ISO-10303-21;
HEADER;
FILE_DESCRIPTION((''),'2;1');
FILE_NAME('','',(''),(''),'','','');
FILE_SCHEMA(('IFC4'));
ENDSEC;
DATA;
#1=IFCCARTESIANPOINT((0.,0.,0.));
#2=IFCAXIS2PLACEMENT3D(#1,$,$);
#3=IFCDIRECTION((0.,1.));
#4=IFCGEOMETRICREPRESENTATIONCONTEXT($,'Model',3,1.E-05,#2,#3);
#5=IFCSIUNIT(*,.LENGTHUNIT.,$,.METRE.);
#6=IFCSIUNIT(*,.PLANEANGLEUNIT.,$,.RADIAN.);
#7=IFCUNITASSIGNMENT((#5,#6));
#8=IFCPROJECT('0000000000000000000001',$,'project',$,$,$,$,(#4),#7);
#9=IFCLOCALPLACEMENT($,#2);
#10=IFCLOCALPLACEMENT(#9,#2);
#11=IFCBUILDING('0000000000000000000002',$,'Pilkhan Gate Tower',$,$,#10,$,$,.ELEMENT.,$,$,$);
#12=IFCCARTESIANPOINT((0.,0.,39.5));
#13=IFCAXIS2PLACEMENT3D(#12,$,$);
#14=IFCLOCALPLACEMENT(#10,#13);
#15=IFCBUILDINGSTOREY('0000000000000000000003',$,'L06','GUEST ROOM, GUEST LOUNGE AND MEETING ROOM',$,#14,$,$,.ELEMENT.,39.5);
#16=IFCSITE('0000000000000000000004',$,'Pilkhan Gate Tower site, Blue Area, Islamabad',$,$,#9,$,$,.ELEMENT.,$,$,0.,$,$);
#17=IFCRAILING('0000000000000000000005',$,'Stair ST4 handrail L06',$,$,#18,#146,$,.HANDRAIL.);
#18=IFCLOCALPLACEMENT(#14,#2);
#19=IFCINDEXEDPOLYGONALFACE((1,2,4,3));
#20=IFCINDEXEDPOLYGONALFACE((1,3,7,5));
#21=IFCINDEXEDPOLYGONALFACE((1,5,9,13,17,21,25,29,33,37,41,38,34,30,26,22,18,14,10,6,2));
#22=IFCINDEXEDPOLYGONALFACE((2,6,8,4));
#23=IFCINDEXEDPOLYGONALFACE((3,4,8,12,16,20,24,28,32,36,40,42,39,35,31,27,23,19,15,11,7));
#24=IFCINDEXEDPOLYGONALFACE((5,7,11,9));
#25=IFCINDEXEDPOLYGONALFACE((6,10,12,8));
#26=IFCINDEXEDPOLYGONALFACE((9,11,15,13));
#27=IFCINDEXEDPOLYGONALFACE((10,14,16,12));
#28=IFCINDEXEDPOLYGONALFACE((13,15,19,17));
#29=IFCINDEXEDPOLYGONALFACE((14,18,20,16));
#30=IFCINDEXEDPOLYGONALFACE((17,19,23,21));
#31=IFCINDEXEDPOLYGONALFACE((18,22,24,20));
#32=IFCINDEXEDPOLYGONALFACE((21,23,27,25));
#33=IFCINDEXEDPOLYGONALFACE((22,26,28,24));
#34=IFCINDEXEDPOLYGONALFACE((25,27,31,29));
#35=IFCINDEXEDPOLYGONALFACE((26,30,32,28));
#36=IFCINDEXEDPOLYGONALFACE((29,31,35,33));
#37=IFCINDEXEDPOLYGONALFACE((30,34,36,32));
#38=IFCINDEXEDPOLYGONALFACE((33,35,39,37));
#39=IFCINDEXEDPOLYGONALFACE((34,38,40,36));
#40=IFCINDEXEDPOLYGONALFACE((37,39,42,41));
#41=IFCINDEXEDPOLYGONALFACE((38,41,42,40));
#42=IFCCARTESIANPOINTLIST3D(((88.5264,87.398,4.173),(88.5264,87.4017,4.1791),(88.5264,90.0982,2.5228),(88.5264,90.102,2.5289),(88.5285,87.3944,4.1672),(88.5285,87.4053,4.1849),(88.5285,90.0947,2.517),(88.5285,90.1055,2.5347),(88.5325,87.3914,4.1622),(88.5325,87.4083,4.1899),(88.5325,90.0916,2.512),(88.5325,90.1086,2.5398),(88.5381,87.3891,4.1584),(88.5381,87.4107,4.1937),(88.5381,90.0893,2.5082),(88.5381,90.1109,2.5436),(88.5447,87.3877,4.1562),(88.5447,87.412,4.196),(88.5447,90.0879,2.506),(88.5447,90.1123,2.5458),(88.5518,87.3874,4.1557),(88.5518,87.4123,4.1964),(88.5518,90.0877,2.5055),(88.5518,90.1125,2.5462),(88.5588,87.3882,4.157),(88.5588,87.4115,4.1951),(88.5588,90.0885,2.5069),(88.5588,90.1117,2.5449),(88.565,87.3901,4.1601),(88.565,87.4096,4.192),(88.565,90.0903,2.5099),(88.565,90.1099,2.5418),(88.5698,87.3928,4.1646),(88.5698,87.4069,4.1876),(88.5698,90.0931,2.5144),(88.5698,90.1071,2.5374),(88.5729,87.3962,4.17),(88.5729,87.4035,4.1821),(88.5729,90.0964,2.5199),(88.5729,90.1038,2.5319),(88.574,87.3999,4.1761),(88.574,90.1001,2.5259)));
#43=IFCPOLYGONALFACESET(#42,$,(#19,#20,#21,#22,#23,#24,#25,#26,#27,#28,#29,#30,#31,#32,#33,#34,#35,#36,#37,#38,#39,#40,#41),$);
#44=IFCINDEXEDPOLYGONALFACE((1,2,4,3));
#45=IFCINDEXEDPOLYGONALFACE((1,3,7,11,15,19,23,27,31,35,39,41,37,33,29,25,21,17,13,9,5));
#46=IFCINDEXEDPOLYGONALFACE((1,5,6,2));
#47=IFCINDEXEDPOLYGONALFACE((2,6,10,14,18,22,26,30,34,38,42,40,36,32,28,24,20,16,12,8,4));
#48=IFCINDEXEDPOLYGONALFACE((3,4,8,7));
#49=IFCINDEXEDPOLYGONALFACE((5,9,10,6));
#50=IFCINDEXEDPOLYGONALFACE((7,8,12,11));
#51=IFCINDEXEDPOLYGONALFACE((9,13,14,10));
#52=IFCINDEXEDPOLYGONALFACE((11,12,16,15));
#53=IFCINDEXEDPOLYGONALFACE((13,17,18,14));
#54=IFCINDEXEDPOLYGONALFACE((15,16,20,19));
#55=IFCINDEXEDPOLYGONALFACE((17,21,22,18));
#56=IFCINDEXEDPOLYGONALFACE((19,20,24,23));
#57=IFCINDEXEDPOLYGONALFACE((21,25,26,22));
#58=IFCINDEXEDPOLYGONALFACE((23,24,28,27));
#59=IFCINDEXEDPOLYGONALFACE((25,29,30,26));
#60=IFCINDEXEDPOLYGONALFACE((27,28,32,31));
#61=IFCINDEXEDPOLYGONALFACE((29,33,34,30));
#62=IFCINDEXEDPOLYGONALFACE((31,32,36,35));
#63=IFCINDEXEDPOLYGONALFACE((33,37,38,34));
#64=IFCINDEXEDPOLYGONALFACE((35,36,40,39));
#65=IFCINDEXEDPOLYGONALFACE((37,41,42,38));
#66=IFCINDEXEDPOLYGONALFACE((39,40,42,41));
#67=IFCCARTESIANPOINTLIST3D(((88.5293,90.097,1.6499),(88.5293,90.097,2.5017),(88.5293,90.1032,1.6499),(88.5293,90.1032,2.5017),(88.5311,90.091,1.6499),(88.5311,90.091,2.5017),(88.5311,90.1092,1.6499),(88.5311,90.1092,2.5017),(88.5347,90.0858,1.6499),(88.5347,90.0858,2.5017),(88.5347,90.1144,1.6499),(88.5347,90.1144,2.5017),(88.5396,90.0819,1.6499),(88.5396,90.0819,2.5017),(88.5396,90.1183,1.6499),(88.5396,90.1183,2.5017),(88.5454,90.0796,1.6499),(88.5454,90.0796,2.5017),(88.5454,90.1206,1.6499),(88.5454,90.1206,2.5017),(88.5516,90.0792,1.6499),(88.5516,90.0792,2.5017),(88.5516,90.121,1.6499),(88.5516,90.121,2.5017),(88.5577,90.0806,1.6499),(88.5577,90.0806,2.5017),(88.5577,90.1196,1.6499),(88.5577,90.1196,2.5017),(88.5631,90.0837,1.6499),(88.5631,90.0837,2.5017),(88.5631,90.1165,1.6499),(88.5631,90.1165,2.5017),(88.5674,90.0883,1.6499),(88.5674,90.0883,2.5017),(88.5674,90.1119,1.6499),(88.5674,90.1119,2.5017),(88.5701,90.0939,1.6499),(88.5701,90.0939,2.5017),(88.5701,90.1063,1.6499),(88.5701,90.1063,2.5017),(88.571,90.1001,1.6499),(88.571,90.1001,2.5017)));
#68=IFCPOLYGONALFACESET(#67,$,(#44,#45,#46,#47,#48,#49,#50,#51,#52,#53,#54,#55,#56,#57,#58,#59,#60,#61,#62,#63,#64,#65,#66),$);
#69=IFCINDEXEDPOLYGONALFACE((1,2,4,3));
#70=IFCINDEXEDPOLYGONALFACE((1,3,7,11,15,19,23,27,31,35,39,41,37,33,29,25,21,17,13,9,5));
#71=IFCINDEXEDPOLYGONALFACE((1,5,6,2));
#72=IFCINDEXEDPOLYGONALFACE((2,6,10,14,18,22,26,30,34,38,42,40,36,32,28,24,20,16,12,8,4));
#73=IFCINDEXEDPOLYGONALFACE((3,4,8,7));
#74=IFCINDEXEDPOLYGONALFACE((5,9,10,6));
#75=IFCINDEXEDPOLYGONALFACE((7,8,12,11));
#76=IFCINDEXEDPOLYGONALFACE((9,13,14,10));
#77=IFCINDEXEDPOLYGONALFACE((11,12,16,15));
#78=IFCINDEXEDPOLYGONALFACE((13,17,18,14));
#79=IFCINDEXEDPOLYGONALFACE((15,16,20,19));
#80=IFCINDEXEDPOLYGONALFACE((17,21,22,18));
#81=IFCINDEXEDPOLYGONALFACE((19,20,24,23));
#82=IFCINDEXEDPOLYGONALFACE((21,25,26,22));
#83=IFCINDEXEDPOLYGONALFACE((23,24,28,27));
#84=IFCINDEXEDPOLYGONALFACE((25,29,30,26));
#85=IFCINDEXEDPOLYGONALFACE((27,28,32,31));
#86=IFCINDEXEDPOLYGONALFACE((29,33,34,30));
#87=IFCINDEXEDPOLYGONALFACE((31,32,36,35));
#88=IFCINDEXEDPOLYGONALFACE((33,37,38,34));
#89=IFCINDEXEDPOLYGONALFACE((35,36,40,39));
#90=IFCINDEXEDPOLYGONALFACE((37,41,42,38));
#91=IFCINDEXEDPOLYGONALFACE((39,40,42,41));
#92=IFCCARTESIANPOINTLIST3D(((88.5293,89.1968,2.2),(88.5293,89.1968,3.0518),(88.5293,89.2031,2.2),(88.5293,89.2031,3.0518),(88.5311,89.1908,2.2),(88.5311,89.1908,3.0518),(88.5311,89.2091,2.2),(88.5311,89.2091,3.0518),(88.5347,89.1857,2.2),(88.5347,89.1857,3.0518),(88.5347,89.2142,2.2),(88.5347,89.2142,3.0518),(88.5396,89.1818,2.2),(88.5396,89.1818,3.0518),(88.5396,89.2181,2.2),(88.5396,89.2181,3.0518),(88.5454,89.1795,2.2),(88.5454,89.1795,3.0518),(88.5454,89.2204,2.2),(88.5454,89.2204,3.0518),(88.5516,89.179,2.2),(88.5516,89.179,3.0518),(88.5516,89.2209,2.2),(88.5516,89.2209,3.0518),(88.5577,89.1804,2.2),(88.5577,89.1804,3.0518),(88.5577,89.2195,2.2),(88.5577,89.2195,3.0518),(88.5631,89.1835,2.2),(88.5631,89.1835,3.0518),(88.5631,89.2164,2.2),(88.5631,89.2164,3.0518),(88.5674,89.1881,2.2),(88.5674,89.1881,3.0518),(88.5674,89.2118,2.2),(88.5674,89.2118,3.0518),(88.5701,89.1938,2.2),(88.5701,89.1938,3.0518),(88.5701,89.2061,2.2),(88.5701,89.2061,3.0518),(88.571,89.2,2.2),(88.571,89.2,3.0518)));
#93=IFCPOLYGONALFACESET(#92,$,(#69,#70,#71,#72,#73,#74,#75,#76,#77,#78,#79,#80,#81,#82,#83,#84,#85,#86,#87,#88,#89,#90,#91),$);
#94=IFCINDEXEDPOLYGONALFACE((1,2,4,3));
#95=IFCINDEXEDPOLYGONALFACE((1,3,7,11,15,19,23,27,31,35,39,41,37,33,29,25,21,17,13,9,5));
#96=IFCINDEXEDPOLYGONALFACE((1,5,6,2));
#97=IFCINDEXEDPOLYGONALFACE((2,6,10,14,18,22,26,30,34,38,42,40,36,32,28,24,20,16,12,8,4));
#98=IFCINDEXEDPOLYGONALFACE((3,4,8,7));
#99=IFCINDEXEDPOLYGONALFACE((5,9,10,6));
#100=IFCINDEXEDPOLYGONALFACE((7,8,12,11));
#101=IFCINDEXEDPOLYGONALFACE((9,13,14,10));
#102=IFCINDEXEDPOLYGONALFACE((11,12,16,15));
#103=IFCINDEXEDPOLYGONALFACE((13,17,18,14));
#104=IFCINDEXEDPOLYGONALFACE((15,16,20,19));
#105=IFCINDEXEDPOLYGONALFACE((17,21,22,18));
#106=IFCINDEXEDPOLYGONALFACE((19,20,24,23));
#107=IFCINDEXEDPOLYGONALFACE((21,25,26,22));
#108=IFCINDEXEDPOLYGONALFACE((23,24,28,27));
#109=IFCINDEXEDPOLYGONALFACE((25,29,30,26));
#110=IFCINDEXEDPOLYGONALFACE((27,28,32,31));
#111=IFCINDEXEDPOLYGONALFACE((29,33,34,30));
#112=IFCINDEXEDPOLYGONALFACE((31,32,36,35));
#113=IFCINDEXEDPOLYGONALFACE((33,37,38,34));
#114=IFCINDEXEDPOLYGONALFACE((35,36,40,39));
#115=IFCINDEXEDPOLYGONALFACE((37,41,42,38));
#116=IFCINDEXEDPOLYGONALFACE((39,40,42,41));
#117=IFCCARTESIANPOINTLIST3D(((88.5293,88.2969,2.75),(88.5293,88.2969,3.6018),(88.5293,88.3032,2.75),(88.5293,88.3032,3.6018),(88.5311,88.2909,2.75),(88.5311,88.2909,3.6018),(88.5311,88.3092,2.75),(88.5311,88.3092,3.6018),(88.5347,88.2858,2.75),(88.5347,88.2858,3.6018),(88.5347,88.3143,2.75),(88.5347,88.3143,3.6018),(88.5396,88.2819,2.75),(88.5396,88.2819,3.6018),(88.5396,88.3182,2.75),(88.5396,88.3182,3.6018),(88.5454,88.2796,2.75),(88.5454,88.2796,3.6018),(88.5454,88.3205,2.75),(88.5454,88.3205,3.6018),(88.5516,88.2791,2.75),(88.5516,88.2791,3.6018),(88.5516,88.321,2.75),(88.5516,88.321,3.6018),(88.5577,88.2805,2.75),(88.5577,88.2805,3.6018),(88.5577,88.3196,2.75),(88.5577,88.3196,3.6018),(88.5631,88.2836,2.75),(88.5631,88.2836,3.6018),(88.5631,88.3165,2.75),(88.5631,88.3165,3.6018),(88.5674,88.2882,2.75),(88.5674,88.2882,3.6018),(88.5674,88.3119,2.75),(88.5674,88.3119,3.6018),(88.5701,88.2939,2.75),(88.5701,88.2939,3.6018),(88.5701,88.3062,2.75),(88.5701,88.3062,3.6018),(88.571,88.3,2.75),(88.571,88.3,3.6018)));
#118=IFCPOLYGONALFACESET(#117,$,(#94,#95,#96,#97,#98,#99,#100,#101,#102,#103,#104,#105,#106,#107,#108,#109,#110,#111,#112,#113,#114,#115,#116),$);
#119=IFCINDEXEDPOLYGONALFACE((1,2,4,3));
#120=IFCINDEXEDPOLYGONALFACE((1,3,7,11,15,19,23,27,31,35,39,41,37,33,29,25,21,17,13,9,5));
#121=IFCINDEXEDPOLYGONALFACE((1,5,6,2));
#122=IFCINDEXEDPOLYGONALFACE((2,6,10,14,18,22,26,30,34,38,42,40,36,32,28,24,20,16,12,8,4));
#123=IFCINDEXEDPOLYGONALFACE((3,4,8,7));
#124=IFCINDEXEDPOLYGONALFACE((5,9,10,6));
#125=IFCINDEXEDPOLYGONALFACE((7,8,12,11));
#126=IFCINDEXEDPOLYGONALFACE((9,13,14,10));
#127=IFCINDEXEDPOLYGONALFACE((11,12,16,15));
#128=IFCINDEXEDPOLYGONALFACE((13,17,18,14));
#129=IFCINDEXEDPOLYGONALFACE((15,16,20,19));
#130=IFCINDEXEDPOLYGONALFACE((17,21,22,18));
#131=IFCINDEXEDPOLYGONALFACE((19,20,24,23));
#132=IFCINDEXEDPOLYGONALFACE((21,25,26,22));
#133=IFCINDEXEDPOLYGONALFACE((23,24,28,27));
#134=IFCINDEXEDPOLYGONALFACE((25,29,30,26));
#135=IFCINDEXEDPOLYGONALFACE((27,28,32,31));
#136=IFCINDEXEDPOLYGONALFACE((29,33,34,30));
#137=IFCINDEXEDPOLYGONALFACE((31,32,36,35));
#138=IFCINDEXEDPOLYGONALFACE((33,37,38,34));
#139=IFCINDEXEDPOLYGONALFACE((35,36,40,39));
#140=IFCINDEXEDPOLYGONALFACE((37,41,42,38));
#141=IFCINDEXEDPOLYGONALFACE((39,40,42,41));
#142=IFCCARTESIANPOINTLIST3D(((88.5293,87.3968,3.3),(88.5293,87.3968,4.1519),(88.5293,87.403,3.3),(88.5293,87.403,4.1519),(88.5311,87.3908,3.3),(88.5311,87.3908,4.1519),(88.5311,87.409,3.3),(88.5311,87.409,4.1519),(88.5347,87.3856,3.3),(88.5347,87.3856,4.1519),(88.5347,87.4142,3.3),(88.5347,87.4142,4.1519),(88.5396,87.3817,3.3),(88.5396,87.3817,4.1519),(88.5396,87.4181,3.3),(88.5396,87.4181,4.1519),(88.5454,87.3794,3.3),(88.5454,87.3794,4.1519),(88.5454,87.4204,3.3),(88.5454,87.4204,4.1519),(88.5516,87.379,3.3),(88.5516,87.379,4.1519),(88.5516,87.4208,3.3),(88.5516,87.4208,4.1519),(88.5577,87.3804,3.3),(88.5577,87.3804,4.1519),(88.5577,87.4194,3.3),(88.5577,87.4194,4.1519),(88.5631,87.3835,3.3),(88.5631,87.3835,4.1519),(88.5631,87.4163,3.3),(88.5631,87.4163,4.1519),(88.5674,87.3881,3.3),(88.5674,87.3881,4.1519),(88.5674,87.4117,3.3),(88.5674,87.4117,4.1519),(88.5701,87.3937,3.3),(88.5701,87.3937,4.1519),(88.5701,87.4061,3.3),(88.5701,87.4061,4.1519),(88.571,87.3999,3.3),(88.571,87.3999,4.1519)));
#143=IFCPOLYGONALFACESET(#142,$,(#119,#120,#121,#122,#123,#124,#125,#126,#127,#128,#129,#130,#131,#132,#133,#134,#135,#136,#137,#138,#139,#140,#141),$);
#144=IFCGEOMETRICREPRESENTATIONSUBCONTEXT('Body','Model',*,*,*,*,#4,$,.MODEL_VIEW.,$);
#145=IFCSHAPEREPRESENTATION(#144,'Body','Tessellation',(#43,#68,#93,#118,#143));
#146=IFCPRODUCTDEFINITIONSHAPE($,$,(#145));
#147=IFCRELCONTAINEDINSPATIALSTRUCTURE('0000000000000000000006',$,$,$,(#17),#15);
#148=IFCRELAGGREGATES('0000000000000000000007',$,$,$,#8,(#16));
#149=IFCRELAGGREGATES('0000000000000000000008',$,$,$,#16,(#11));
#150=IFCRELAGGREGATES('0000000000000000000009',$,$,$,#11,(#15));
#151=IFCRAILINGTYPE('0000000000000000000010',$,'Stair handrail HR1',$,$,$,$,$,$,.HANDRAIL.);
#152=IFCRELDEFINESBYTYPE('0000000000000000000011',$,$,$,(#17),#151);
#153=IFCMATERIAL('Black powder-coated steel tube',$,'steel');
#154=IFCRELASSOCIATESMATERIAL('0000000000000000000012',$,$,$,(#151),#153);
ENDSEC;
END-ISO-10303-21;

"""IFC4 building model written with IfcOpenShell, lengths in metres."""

from ifc_helpers import new_model, si_unit, direction, frame, origin, origin_2d, place, context, subcontext, project, spatial, circle, extrude, material, type_object, element, save


model = new_model("IFC4")

# Units and contexts
model_context = context("Model", 3, precision=1e-05, world=origin(), true_north=direction((0.0, 1.0)))
body_context = subcontext(model_context, "Body", "Model", "MODEL_VIEW")
ifc_project = project(units=[si_unit("LENGTHUNIT", "METRE"), si_unit("PLANEANGLEUNIT", "RADIAN")], contexts=[model_context])

# Site, building, storey
site_placement = place(None, origin())
site = spatial("IfcSite", under=ifc_project, at=site_placement, Name="Pilkhan Gate Tower site, Blue Area, Islamabad", CompositionType="ELEMENT", RefElevation=0.0)
building_placement = place(site_placement, origin())
building = spatial("IfcBuilding", under=site, at=building_placement, Name="Pilkhan Gate Tower", CompositionType="ELEMENT")
storey_placement = place(building_placement, frame((0.0, 0.0, 39.5)))
storey = spatial("IfcBuildingStorey", under=building, at=storey_placement, Name="L06", Description="GUEST ROOM, GUEST LOUNGE AND MEETING ROOM", CompositionType="ELEMENT", Elevation=39.5)

# Railing
ifc_material_1 = material(Name="Black powder-coated steel tube", Category="steel")
railing_type_1 = type_object("IfcRailingType", Name="Stair handrail HR1", PredefinedType="HANDRAIL", material=ifc_material_1)
railing_1_placement = place(storey_placement, frame((88.55, 90.1001, 1.6499)))
element("IfcRailing", 1, at=railing_1_placement, inside=storey, type_object=railing_type_1, Name="Stair ST4 handrail L06", PredefinedType="HANDRAIL", context=body_context, shape_type="SweptSolid", body=[
    extrude(circle(Radius=0.0239, at=origin_2d()), frame((0.0, 0.0, 0.876), z_axis=(0.0, -0.853278, 0.521456), x_axis=(1.0, 0.0, 0.0)), (0.0, 0.0, 1.0), 3.1646),
    extrude(circle(Radius=0.021, at=origin_2d()), origin(), (0.0, 0.0, 1.0), 0.8518),
    extrude(circle(Radius=0.021, at=origin_2d()), frame((0.0, -0.9001, 0.55)), (0.0, 0.0, 1.0), 0.8518),
    extrude(circle(Radius=0.021, at=origin_2d()), frame((0.0, -1.8, 1.1001)), (0.0, 0.0, 1.0), 0.8518),
    extrude(circle(Radius=0.021, at=origin_2d()), frame((0.0, -2.7002, 1.6501)), (0.0, 0.0, 1.0), 0.8518),
])

save(model, "model.ifc")
